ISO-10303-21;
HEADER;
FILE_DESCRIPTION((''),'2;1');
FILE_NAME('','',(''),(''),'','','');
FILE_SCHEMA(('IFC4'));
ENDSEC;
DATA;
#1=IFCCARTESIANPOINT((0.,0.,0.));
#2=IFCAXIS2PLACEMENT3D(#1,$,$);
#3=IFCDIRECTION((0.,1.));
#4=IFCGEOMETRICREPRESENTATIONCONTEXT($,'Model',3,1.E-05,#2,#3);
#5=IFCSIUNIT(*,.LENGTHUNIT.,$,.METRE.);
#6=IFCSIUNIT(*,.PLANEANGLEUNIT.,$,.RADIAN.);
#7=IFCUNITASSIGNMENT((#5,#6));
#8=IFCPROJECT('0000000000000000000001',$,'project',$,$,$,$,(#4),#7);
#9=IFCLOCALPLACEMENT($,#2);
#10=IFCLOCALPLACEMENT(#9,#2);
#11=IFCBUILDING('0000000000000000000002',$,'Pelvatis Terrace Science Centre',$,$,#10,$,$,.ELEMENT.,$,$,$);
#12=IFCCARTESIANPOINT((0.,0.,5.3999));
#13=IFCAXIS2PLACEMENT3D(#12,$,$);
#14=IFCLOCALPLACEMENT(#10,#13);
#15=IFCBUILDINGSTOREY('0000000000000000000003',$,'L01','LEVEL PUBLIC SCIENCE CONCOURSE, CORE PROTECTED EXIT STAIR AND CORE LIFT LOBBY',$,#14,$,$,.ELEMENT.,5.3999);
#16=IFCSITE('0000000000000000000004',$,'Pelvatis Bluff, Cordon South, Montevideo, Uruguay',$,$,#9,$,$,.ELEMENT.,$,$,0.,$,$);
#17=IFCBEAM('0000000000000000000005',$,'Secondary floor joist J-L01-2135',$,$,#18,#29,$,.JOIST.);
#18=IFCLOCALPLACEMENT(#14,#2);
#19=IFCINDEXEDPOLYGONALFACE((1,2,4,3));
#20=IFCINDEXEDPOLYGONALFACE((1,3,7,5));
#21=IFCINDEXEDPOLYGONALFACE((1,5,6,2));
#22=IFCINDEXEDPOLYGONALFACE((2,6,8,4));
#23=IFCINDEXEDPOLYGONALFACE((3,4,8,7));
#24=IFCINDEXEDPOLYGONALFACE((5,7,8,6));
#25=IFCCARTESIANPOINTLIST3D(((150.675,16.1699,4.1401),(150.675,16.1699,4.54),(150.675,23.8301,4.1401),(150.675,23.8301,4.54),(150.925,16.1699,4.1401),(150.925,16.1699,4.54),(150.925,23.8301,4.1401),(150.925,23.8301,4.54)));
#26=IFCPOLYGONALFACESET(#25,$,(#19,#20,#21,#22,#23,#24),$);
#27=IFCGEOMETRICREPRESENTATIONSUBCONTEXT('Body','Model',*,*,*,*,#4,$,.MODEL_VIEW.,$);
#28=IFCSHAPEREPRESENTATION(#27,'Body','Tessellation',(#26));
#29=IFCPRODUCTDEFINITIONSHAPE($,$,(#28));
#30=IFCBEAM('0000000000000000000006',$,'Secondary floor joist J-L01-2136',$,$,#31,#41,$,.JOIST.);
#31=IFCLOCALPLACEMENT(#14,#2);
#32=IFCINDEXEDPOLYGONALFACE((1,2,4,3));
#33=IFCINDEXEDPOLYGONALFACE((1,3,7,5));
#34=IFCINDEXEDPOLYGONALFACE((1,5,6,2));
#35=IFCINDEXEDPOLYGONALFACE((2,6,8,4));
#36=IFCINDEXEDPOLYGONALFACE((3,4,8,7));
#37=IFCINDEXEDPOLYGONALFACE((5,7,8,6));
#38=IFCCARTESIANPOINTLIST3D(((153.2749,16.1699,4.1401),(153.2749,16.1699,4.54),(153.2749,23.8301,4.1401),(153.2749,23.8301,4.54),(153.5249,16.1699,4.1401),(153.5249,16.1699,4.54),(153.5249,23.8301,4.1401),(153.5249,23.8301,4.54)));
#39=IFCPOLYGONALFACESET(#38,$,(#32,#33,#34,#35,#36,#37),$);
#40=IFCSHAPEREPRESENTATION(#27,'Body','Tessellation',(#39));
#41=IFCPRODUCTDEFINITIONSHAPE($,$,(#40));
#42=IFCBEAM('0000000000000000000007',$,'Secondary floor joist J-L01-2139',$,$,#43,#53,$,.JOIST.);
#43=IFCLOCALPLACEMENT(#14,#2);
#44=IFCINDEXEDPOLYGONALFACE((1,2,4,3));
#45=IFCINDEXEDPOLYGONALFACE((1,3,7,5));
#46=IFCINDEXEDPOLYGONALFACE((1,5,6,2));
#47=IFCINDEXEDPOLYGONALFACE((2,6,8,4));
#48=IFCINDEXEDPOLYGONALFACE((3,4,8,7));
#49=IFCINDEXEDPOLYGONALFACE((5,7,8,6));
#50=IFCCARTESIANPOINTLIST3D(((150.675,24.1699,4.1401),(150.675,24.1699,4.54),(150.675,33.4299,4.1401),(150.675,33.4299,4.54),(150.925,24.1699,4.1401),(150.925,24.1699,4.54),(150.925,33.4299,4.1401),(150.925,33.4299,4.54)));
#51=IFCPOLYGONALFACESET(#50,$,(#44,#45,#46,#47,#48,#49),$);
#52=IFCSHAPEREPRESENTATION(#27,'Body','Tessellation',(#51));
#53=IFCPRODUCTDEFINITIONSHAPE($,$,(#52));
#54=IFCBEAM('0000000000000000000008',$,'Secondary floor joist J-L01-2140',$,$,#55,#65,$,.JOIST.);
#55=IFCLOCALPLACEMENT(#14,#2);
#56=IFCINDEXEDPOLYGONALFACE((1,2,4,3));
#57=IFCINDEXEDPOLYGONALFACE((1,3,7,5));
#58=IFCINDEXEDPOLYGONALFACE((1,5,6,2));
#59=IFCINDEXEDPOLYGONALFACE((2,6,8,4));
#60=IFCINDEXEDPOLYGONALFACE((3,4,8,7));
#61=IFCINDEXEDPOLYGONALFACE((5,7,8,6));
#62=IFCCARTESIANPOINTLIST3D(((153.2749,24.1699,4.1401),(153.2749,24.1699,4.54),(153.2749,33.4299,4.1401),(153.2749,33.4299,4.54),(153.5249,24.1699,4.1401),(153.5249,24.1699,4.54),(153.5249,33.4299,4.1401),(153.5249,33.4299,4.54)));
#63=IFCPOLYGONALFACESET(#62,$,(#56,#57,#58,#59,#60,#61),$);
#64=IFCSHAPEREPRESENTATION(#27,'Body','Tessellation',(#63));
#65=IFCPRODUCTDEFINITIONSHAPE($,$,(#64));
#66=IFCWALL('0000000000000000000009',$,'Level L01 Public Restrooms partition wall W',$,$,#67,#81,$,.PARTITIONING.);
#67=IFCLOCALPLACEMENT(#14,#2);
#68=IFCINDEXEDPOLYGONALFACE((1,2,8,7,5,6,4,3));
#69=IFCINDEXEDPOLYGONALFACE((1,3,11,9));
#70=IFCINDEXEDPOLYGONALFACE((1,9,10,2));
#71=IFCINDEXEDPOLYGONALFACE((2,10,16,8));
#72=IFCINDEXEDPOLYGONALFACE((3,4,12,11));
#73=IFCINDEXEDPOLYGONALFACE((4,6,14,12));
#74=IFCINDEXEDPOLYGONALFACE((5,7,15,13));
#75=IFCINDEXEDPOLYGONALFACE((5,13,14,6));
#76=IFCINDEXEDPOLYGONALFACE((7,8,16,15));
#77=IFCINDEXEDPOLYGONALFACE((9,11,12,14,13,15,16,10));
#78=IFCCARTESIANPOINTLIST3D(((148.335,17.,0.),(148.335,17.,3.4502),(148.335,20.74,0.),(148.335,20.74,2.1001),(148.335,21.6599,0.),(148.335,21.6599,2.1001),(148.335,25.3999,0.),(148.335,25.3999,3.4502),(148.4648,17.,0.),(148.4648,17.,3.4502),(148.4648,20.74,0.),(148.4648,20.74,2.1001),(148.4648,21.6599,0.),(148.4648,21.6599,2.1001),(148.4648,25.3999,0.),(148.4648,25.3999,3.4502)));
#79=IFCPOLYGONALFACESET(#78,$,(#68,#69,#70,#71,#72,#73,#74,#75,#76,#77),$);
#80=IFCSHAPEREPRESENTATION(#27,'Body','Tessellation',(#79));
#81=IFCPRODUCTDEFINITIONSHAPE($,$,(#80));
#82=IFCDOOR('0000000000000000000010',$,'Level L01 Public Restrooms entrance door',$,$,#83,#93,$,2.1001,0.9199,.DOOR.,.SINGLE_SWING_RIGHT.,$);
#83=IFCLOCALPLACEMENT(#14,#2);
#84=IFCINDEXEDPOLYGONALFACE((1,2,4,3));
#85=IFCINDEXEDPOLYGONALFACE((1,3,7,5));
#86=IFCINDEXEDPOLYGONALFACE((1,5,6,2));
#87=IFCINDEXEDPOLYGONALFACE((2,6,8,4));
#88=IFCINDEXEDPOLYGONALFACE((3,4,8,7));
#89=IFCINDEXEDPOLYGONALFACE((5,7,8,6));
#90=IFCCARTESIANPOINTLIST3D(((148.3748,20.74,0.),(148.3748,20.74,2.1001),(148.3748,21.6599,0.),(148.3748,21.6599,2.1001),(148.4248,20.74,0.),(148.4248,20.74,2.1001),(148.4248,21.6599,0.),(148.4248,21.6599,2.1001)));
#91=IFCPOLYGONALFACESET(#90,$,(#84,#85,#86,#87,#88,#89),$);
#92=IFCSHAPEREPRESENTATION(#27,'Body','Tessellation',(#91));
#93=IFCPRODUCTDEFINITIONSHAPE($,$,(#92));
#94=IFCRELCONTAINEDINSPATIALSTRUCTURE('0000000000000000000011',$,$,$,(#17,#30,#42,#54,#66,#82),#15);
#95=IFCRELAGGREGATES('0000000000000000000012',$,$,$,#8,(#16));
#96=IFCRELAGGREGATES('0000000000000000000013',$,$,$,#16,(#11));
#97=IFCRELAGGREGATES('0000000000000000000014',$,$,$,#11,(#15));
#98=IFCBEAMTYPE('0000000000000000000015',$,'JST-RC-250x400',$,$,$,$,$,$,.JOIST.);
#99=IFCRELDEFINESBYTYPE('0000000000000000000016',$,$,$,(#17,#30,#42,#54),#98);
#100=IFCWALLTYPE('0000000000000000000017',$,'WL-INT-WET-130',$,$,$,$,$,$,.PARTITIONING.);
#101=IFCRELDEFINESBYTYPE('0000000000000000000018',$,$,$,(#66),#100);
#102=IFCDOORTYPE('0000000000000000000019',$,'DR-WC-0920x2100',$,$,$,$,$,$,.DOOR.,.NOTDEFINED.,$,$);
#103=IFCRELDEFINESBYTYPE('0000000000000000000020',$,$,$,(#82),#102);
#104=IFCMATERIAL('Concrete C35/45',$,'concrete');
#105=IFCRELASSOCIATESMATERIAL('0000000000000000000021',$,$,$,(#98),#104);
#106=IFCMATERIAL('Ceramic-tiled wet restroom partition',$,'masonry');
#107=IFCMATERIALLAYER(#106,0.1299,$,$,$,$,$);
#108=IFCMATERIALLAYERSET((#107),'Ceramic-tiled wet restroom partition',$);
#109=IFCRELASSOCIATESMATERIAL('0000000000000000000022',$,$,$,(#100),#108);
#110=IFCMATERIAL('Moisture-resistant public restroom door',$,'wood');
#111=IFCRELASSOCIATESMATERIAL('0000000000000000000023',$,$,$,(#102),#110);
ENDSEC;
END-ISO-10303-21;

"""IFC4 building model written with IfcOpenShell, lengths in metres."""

from ifc_helpers import new_model, si_unit, direction, frame, frame_2d, origin, origin_2d, place, context, subcontext, project, spatial, rectangle, extrude, material, layer, layer_set, material_profile, profile_set, type_object, element, fill, save


model = new_model("IFC4")

# Units and contexts
model_context = context("Model", 3, precision=1e-05, world=origin(), true_north=direction((0.0, 1.0)))
body_context = subcontext(model_context, "Body", "Model", "MODEL_VIEW")
ifc_project = project(units=[si_unit("LENGTHUNIT", "METRE"), si_unit("PLANEANGLEUNIT", "RADIAN")], contexts=[model_context])

# Site, building, storey
site_placement = place(None, origin())
site = spatial("IfcSite", under=ifc_project, at=site_placement, Name="Pelvatis Bluff, Cordon South, Montevideo, Uruguay", CompositionType="ELEMENT", RefElevation=0.0)
building_placement = place(site_placement, origin())
building = spatial("IfcBuilding", under=site, at=building_placement, Name="Pelvatis Terrace Science Centre", CompositionType="ELEMENT")
storey_placement = place(building_placement, frame((0.0, 0.0, 5.3999)))
storey = spatial("IfcBuildingStorey", under=building, at=storey_placement, Name="L01", Description="LEVEL PUBLIC SCIENCE CONCOURSE, CORE PROTECTED EXIT STAIR AND CORE LIFT LOBBY", CompositionType="ELEMENT", Elevation=5.3999)

# Beams
ifc_material_1 = material(Name="Concrete C35/45", Category="concrete")
ifc_material_profile = material_profile(ifc_material_1, rectangle(XDim=0.25, YDim=0.3999, at=origin_2d()), Name="RC-JST 250x400")
ifc_profile_set = profile_set([ifc_material_profile], Name="Concrete C35/45")
beam_type = type_object("IfcBeamType", Name="JST-RC-250x400", PredefinedType="JOIST", material=ifc_profile_set)
for number, where, z_axis, x_axis, name in (
    (1, (150.8, 16.1699, 4.3401), (0.0, 1.0, 0.0), (-1.0, 0.0, 0.0), "Secondary floor joist J-L01-2135"),
    (2, (153.3999, 16.1699, 4.3401), (0.0, 1.0, 0.0), (-1.0, 0.0, 0.0), "Secondary floor joist J-L01-2136"),
):
    element("IfcBeam", number, at=place(storey_placement, frame(where, z_axis=z_axis, x_axis=x_axis)), inside=storey, type_object=beam_type, Name=name, PredefinedType="JOIST", context=body_context, shape_type="SweptSolid", body=[
        extrude(rectangle(XDim=0.25, YDim=0.3999, at=origin_2d()), origin(), (0.0, 0.0, 1.0), 7.6602),
    ])
for number, where, z_axis, x_axis, name in (
    (3, (150.8, 24.1699, 4.3401), (0.0, 1.0, 0.0), (-1.0, 0.0, 0.0), "Secondary floor joist J-L01-2139"),
    (4, (153.3999, 24.1699, 4.3401), (0.0, 1.0, 0.0), (-1.0, 0.0, 0.0), "Secondary floor joist J-L01-2140"),
):
    element("IfcBeam", number, at=place(storey_placement, frame(where, z_axis=z_axis, x_axis=x_axis)), inside=storey, type_object=beam_type, Name=name, PredefinedType="JOIST", context=body_context, shape_type="SweptSolid", body=[
        extrude(rectangle(XDim=0.25, YDim=0.3999, at=origin_2d()), origin(), (0.0, 0.0, 1.0), 9.26),
    ])

# Wall, opening, door
ifc_material_2 = material(Name="Ceramic-tiled wet restroom partition", Category="masonry")
ifc_layer = layer(ifc_material_2, 0.1299)
ifc_layer_set = layer_set([ifc_layer], Name="Ceramic-tiled wet restroom partition")
wall_type = type_object("IfcWallType", Name="WL-INT-WET-130", PredefinedType="PARTITIONING", material=ifc_layer_set)
wall_placement = place(storey_placement, frame((148.3999, 25.3999, 0.0), z_axis=(0.0, 0.0, 1.0), x_axis=(0.0, -1.0, 0.0)))
wall = element("IfcWall", 5, at=wall_placement, inside=storey, type_object=wall_type, Name="Level L01 Public Restrooms partition wall W", PredefinedType="PARTITIONING", context=body_context, shape_type="SweptSolid", body=[
    extrude(rectangle(XDim=8.3999, YDim=0.1299, at=frame_2d((4.2, 0.0))), origin(), (0.0, 0.0, 1.0), 3.4502),
])
opening_placement = place(wall_placement, frame((3.74, 0.0, 0.0)))
opening = element("IfcOpeningElement", 6, at=opening_placement, cuts=wall, PredefinedType="OPENING", context=body_context, shape_type="SweptSolid", body=[
    extrude(rectangle(XDim=0.9199, YDim=2.1001, at=frame_2d((0.46, 1.05))), frame((0.0, 0.075, 0.0), z_axis=(0.0, -1.0, 0.0), x_axis=(1.0, 0.0, 0.0)), (0.0, 0.0, 1.0), 0.1499),
])
ifc_material_3 = material(Name="Moisture-resistant public restroom door", Category="wood")
door_type = type_object("IfcDoorType", Name="DR-WC-0920x2100", OperationType="NOTDEFINED", PredefinedType="DOOR", material=ifc_material_3)
door_placement = place(opening_placement, origin())
door = element("IfcDoor", 7, at=door_placement, inside=storey, type_object=door_type, Name="Level L01 Public Restrooms entrance door", OperationType="SINGLE_SWING_RIGHT", OverallHeight=2.1001, OverallWidth=0.9199, PredefinedType="DOOR", context=body_context, shape_type="SweptSolid", body=[
    extrude(rectangle(XDim=0.9199, YDim=2.1001, at=frame_2d((0.46, 1.05))), frame((0.0, 0.0249, 0.0), z_axis=(0.0, -1.0, 0.0), x_axis=(1.0, 0.0, 0.0)), (0.0, 0.0, 1.0), 0.05),
])
fill(opening, door)

save(model, "model.ifc")
